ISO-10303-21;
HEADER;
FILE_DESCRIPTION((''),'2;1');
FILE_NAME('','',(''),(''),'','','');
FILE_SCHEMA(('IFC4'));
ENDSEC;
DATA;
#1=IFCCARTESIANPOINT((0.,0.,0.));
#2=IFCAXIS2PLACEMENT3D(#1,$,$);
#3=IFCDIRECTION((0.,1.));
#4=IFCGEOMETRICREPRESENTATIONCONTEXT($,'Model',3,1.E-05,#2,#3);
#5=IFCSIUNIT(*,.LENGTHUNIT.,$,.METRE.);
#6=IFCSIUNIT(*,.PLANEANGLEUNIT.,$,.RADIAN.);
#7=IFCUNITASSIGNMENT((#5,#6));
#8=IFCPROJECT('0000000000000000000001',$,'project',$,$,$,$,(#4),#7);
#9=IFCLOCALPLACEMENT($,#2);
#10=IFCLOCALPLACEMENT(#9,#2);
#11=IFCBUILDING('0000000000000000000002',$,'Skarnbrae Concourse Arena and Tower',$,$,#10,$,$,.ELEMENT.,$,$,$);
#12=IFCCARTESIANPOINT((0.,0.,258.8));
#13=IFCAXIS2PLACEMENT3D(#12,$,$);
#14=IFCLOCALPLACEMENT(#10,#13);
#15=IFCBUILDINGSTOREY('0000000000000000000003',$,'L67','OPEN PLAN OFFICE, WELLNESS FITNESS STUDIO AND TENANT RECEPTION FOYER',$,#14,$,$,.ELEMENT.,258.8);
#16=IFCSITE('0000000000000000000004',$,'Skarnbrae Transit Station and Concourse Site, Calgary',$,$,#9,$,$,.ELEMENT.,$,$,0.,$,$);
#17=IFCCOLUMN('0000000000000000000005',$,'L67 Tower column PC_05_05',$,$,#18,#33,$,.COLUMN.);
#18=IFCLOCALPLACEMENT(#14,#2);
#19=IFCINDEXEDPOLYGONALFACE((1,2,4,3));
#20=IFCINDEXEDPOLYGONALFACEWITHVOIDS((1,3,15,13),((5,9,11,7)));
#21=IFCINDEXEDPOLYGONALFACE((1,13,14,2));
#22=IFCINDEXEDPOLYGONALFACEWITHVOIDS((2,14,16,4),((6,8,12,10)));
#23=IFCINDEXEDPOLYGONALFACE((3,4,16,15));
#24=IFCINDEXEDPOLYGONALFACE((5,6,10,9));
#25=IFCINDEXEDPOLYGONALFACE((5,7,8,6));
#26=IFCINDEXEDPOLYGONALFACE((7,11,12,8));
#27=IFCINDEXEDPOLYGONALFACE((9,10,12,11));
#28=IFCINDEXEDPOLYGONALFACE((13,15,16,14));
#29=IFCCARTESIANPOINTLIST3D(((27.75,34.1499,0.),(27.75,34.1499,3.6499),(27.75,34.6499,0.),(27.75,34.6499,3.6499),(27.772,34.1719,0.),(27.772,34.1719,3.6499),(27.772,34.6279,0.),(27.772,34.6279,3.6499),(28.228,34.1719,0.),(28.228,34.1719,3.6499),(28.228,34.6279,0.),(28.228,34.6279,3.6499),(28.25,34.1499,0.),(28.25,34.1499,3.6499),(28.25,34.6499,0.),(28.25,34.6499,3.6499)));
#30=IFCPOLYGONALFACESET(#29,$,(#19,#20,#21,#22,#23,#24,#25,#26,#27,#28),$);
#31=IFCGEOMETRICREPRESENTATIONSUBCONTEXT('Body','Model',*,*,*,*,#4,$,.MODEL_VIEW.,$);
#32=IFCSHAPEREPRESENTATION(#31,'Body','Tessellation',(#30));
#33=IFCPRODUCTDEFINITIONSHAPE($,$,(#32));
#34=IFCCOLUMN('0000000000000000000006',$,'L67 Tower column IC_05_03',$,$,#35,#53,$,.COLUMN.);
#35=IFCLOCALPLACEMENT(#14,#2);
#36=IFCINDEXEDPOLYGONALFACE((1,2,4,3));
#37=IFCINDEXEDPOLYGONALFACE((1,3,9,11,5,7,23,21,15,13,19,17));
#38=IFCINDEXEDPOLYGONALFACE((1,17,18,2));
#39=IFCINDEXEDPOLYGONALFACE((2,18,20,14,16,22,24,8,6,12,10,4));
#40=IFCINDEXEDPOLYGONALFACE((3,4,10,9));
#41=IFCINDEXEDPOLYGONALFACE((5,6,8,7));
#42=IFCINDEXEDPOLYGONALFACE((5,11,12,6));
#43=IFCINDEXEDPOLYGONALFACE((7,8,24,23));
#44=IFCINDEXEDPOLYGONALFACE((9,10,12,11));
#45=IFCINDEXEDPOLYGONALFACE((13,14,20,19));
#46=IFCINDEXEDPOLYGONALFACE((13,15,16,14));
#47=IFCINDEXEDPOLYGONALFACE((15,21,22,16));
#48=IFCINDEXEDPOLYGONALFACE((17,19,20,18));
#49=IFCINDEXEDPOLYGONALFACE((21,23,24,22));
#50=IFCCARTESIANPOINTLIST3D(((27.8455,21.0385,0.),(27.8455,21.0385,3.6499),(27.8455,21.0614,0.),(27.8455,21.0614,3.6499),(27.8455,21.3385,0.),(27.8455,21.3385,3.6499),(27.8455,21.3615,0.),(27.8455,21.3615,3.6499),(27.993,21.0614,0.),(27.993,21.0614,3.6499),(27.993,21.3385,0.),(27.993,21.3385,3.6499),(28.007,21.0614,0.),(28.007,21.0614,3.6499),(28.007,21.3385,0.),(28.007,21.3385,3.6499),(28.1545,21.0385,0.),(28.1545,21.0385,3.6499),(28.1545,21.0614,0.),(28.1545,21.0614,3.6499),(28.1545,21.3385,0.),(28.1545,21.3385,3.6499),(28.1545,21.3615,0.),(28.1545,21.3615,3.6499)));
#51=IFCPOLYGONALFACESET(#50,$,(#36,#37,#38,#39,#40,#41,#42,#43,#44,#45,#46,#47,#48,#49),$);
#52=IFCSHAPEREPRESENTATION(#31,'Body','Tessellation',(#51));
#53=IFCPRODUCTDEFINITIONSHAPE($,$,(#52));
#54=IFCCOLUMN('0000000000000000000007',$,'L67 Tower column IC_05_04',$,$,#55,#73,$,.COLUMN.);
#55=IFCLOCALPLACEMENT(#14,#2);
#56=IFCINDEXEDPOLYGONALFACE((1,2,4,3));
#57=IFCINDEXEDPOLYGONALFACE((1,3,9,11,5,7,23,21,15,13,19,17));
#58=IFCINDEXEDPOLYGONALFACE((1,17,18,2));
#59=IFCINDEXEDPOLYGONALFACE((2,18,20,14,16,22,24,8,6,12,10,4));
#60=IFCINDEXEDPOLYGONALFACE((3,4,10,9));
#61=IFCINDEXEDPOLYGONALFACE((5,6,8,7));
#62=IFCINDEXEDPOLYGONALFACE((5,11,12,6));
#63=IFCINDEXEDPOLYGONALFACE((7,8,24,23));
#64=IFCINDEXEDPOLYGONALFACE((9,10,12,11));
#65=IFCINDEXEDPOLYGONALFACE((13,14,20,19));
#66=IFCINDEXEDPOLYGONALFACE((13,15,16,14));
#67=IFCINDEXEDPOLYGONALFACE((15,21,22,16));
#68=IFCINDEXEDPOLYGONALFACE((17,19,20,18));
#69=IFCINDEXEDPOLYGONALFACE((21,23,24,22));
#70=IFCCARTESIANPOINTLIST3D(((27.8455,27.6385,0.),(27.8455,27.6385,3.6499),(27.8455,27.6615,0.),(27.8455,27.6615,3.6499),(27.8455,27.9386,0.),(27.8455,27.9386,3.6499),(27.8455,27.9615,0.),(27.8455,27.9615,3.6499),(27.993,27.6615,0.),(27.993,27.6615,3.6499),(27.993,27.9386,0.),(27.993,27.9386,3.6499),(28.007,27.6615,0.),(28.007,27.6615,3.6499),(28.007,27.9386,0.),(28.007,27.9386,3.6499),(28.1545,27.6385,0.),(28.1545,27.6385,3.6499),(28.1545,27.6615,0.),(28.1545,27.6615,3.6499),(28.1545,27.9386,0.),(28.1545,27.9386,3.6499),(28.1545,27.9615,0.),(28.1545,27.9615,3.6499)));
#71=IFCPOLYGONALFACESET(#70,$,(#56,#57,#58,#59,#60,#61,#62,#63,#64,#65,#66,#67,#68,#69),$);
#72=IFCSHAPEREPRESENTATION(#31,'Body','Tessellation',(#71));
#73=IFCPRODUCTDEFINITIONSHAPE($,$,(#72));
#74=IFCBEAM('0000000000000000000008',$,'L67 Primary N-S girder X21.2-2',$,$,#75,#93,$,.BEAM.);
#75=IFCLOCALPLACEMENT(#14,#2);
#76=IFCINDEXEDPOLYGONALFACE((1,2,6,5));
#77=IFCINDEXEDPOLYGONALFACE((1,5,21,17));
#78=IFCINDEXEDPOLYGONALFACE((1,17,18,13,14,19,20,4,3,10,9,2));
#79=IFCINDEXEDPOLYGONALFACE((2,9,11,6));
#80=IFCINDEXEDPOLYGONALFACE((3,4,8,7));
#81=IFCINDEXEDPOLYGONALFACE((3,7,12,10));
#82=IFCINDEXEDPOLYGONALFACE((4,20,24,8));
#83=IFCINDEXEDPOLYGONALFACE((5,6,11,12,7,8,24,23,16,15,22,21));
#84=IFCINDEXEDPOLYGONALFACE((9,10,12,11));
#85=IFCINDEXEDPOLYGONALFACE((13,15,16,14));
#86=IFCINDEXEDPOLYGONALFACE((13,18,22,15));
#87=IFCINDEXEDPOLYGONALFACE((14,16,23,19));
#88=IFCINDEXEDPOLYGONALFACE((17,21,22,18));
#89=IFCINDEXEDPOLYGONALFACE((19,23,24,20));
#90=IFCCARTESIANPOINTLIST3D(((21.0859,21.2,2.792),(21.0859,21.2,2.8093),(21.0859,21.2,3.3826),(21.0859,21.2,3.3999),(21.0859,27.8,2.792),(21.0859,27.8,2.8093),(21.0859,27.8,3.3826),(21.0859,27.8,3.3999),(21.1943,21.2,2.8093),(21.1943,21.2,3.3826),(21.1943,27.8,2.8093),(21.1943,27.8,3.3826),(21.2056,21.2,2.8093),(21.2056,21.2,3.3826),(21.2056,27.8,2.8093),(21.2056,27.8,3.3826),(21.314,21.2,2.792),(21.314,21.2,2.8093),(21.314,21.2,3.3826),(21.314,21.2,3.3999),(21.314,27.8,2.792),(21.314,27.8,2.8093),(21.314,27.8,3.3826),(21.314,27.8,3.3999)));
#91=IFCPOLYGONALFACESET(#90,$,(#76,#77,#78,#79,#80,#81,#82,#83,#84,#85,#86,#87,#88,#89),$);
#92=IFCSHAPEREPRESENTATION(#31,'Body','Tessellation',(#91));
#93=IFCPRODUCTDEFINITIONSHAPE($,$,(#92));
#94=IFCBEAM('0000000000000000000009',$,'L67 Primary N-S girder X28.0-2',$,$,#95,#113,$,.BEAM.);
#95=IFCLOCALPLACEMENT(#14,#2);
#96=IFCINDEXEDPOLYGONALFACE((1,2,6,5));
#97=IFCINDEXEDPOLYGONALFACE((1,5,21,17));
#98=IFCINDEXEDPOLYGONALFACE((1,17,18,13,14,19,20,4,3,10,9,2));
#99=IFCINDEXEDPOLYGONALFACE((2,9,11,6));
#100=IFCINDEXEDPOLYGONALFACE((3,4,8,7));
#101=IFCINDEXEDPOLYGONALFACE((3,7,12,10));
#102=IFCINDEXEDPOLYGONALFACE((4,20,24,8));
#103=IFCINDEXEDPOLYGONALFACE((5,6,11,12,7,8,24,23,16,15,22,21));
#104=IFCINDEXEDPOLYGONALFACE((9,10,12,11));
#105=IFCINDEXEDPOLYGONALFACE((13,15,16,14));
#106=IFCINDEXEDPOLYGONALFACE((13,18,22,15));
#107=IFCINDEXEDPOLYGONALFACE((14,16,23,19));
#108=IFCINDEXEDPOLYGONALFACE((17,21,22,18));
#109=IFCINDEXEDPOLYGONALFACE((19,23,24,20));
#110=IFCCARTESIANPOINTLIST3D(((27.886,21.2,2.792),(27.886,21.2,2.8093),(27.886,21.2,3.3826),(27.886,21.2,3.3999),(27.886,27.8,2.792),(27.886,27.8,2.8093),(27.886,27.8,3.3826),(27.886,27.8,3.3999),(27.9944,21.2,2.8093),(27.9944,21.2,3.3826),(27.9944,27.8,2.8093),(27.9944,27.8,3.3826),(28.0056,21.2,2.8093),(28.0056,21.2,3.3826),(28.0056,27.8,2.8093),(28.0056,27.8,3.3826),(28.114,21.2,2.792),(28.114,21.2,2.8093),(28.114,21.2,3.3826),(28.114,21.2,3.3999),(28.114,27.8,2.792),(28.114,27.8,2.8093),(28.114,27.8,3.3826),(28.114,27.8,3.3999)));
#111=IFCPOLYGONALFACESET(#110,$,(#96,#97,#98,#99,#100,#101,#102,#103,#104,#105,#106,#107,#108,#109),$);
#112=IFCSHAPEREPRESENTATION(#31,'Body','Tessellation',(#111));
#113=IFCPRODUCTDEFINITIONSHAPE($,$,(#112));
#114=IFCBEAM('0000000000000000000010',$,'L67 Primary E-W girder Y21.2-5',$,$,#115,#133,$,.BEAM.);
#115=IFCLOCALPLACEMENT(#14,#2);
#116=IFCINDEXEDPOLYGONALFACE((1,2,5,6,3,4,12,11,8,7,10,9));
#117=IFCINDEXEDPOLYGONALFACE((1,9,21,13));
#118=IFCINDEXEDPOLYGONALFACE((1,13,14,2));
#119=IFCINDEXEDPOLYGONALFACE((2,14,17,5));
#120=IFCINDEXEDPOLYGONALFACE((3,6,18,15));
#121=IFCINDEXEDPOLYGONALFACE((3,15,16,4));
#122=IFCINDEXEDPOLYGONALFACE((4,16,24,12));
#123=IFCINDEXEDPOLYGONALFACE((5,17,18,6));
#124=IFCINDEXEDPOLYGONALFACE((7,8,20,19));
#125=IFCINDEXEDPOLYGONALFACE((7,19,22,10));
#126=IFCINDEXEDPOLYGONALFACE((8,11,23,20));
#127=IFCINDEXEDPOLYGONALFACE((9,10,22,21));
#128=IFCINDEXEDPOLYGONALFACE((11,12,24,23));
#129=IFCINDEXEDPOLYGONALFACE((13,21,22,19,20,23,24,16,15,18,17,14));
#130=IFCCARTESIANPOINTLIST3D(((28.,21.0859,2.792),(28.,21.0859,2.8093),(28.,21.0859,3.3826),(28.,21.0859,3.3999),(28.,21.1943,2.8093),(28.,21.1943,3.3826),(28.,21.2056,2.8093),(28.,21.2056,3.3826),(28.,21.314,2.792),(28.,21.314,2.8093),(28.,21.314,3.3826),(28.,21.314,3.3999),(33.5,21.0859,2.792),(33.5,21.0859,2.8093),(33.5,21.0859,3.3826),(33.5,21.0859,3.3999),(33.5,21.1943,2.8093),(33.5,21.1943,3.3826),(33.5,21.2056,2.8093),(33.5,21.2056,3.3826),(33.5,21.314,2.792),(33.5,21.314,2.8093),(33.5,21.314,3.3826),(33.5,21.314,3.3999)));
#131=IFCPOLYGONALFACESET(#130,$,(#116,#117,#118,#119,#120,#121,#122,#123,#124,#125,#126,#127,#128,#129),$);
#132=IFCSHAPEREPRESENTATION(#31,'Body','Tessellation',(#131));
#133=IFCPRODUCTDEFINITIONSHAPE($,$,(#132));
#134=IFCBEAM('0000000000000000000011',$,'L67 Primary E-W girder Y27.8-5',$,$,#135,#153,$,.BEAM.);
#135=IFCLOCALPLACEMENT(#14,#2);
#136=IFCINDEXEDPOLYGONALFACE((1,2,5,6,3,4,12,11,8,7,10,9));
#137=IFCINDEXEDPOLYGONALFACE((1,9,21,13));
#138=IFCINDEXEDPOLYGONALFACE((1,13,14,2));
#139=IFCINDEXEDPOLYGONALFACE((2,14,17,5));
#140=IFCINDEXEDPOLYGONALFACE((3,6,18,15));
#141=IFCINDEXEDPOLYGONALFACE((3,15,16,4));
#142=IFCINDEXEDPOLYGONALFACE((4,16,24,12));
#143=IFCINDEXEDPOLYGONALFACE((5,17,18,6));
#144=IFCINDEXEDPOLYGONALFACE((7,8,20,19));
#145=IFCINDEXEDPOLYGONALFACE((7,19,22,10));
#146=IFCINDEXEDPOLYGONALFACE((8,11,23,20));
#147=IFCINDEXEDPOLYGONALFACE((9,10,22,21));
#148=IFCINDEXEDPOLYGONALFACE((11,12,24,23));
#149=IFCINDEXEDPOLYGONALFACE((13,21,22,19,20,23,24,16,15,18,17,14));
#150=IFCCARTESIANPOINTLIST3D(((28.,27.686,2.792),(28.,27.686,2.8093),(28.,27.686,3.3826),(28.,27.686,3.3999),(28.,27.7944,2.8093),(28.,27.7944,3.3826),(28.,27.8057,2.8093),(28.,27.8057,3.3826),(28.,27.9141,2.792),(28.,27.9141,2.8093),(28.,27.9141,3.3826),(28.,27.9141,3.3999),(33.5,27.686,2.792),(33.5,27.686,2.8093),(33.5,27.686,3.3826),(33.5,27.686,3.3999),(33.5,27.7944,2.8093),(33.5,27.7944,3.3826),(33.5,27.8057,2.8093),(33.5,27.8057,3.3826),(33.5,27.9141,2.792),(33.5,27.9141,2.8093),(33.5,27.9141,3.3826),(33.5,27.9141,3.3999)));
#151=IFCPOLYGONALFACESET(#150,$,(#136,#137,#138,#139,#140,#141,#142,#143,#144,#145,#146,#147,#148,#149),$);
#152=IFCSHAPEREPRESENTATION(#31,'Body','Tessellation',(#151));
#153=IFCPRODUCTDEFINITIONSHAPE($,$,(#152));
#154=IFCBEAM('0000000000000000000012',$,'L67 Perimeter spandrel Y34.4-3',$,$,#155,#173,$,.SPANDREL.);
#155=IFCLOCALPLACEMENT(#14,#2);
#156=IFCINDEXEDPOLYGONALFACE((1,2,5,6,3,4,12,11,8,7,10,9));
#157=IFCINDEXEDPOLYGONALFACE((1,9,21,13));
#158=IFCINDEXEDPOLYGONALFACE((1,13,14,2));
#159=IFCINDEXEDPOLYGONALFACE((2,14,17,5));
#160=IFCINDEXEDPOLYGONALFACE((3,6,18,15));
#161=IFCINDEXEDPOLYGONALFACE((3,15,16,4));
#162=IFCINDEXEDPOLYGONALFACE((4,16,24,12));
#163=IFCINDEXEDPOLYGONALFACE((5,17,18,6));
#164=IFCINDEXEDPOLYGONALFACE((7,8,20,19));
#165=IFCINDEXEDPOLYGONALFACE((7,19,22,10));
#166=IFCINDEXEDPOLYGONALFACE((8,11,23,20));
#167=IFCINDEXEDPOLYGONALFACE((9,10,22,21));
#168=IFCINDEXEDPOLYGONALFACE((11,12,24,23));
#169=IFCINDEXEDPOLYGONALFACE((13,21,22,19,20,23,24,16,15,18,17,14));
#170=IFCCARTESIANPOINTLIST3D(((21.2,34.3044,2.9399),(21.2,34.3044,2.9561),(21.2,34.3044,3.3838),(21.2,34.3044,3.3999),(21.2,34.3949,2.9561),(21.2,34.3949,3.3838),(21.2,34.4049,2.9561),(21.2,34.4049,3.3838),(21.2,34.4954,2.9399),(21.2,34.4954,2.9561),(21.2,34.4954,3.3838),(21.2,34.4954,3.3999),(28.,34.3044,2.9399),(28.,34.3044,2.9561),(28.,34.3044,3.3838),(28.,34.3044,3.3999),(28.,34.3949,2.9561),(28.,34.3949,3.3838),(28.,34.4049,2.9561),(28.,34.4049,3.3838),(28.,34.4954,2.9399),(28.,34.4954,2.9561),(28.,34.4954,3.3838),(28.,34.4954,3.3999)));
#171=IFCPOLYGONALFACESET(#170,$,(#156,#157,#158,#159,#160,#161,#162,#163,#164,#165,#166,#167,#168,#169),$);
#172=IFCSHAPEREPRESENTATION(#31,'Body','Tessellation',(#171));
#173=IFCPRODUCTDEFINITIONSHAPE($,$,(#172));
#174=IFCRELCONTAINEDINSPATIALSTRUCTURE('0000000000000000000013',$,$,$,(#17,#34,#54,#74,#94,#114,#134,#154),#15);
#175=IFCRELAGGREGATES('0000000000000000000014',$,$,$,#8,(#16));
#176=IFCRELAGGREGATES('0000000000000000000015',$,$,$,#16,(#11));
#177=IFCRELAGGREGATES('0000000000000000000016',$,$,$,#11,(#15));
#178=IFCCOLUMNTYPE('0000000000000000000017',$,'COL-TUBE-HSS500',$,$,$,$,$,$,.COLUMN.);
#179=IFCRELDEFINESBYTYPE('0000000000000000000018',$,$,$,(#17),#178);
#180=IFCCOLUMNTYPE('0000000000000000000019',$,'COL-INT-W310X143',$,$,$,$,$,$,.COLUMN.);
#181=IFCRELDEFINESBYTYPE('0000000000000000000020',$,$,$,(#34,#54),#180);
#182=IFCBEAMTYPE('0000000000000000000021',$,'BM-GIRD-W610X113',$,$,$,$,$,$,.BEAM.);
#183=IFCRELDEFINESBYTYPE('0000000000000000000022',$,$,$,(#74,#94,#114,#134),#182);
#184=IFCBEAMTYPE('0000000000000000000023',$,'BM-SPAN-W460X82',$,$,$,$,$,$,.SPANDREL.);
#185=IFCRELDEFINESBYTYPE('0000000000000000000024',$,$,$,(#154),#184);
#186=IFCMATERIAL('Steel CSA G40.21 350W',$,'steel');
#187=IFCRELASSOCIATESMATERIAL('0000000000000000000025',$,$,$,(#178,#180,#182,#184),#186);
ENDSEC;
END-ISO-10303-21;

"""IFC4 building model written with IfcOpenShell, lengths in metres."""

from ifc_helpers import new_model, si_unit, direction, frame, origin, origin_2d, place, context, subcontext, project, spatial, hollow_rectangle, i_section, extrude, source, transform, mapped, material, material_profile, profile_set, type_object, element, save


model = new_model("IFC4")

# Units and contexts
model_context = context("Model", 3, precision=1e-05, world=origin(), true_north=direction((0.0, 1.0)))
body_context = subcontext(model_context, "Body", "Model", "MODEL_VIEW")
ifc_project = project(units=[si_unit("LENGTHUNIT", "METRE"), si_unit("PLANEANGLEUNIT", "RADIAN")], contexts=[model_context])

# Site, building, storey
site_placement = place(None, origin())
site = spatial("IfcSite", under=ifc_project, at=site_placement, Name="Skarnbrae Transit Station and Concourse Site, Calgary", CompositionType="ELEMENT", RefElevation=0.0)
building_placement = place(site_placement, origin())
building = spatial("IfcBuilding", under=site, at=building_placement, Name="Skarnbrae Concourse Arena and Tower", CompositionType="ELEMENT")
storey_placement = place(building_placement, frame((0.0, 0.0, 258.8)))
storey = spatial("IfcBuildingStorey", under=building, at=storey_placement, Name="L67", Description="OPEN PLAN OFFICE, WELLNESS FITNESS STUDIO AND TENANT RECEPTION FOYER", CompositionType="ELEMENT", Elevation=258.8)

# Columns
ifc_material_1 = material(Name="Steel CSA G40.21 350W", Category="steel")
ifc_material_profile_1 = material_profile(ifc_material_1, hollow_rectangle(XDim=0.5, YDim=0.5, WallThickness=0.022, at=origin_2d()), Name="HSS500X500X22.0")
ifc_profile_set_1 = profile_set([ifc_material_profile_1], Name="Steel CSA G40.21 350W")
column_type_1 = type_object("IfcColumnType", Name="COL-TUBE-HSS500", PredefinedType="COLUMN", material=ifc_profile_set_1)
shared_shape_1 = source(origin(), body_context, "Body", "SweptSolid", [
    extrude(hollow_rectangle(XDim=0.5, YDim=0.5, WallThickness=0.022, at=origin_2d()), origin(), (0.0, 0.0, 1.0), 3.6499),
])
column_placement = place(storey_placement, frame((28.0, 34.3999, 0.0), z_axis=(0.0, 0.0, 1.0), x_axis=(1.0, 0.0, 0.0)))
element("IfcColumn", 1, at=column_placement, inside=storey, type_object=column_type_1, Name="L67 Tower column PC_05_05", PredefinedType="COLUMN", context=body_context, shape_type="MappedRepresentation", body=[
    mapped(shared_shape_1, transform((0.0, 0.0, 0.0))),
])
ifc_material_profile_2 = material_profile(ifc_material_1, i_section(OverallWidth=0.3091, OverallDepth=0.323, WebThickness=0.0139, FlangeThickness=0.0229, at=origin_2d()), Name="W310X143")
ifc_profile_set_2 = profile_set([ifc_material_profile_2], Name="Steel CSA G40.21 350W")
column_type_2 = type_object("IfcColumnType", Name="COL-INT-W310X143", PredefinedType="COLUMN", material=ifc_profile_set_2)
shared_shape_2 = source(origin(), body_context, "Body", "SweptSolid", [
    extrude(i_section(OverallWidth=0.3091, OverallDepth=0.323, WebThickness=0.0139, FlangeThickness=0.0229, at=origin_2d()), origin(), (0.0, 0.0, 1.0), 3.6499),
])
for number, where, z_axis, x_axis, name in (
    (2, (28.0, 21.2, 0.0), (0.0, 0.0, 1.0), (1.0, 0.0, 0.0), "L67 Tower column IC_05_03"),
    (3, (28.0, 27.8, 0.0), (0.0, 0.0, 1.0), (1.0, 0.0, 0.0), "L67 Tower column IC_05_04"),
):
    element("IfcColumn", number, at=place(storey_placement, frame(where, z_axis=z_axis, x_axis=x_axis)), inside=storey, type_object=column_type_2, Name=name, PredefinedType="COLUMN", context=body_context, shape_type="MappedRepresentation", body=[
        mapped(shared_shape_2, transform((0.0, 0.0, 0.0))),
    ])

# Beams
ifc_material_profile_3 = material_profile(ifc_material_1, i_section(OverallWidth=0.228, OverallDepth=0.6079, WebThickness=0.0112, FlangeThickness=0.0173, at=origin_2d()), Name="W610X113")
ifc_profile_set_3 = profile_set([ifc_material_profile_3], Name="Steel CSA G40.21 350W")
beam_type_1 = type_object("IfcBeamType", Name="BM-GIRD-W610X113", PredefinedType="BEAM", material=ifc_profile_set_3)
shared_shape_3 = source(origin(), body_context, "Body", "SweptSolid", [
    extrude(i_section(OverallWidth=0.228, OverallDepth=0.6079, WebThickness=0.0112, FlangeThickness=0.0173, at=origin_2d()), origin(), (0.0, 0.0, 1.0), 6.6001),
])
for number, where, z_axis, x_axis, name in (
    (4, (21.2, 21.2, 3.0959), (0.0, 1.0, 0.0), (-1.0, 0.0, 0.0), "L67 Primary N-S girder X21.2-2"),
    (5, (28.0, 21.2, 3.0959), (0.0, 1.0, 0.0), (-1.0, 0.0, 0.0), "L67 Primary N-S girder X28.0-2"),
):
    element("IfcBeam", number, at=place(storey_placement, frame(where, z_axis=z_axis, x_axis=x_axis)), inside=storey, type_object=beam_type_1, Name=name, PredefinedType="BEAM", context=body_context, shape_type="MappedRepresentation", body=[
        mapped(shared_shape_3, transform((0.0, 0.0, 0.0))),
    ])
shared_shape_4 = source(origin(), body_context, "Body", "SweptSolid", [
    extrude(i_section(OverallWidth=0.228, OverallDepth=0.6079, WebThickness=0.0112, FlangeThickness=0.0173, at=origin_2d()), origin(), (0.0, 0.0, 1.0), 5.5),
])
for number, where, z_axis, x_axis, name in (
    (6, (28.0, 21.2, 3.0959), (1.0, 0.0, 0.0), (0.0, 1.0, 0.0), "L67 Primary E-W girder Y21.2-5"),
    (7, (28.0, 27.8, 3.0959), (1.0, 0.0, 0.0), (0.0, 1.0, 0.0), "L67 Primary E-W girder Y27.8-5"),
):
    element("IfcBeam", number, at=place(storey_placement, frame(where, z_axis=z_axis, x_axis=x_axis)), inside=storey, type_object=beam_type_1, Name=name, PredefinedType="BEAM", context=body_context, shape_type="MappedRepresentation", body=[
        mapped(shared_shape_4, transform((0.0, 0.0, 0.0))),
    ])
ifc_material_profile_4 = material_profile(ifc_material_1, i_section(OverallWidth=0.1909, OverallDepth=0.46, WebThickness=0.01, FlangeThickness=0.0161, at=origin_2d()), Name="W460X82")
ifc_profile_set_4 = profile_set([ifc_material_profile_4], Name="Steel CSA G40.21 350W")
beam_type_2 = type_object("IfcBeamType", Name="BM-SPAN-W460X82", PredefinedType="SPANDREL", material=ifc_profile_set_4)
shared_shape_5 = source(origin(), body_context, "Body", "SweptSolid", [
    extrude(i_section(OverallWidth=0.1909, OverallDepth=0.46, WebThickness=0.01, FlangeThickness=0.0161, at=origin_2d()), origin(), (0.0, 0.0, 1.0), 6.8),
])
beam_1_placement = place(storey_placement, frame((21.2, 34.3999, 3.1699), z_axis=(1.0, 0.0, 0.0), x_axis=(0.0, 1.0, 0.0)))
element("IfcBeam", 8, at=beam_1_placement, inside=storey, type_object=beam_type_2, Name="L67 Perimeter spandrel Y34.4-3", PredefinedType="SPANDREL", context=body_context, shape_type="MappedRepresentation", body=[
    mapped(shared_shape_5, transform((0.0, 0.0, 0.0))),
])

save(model, "model.ifc")
